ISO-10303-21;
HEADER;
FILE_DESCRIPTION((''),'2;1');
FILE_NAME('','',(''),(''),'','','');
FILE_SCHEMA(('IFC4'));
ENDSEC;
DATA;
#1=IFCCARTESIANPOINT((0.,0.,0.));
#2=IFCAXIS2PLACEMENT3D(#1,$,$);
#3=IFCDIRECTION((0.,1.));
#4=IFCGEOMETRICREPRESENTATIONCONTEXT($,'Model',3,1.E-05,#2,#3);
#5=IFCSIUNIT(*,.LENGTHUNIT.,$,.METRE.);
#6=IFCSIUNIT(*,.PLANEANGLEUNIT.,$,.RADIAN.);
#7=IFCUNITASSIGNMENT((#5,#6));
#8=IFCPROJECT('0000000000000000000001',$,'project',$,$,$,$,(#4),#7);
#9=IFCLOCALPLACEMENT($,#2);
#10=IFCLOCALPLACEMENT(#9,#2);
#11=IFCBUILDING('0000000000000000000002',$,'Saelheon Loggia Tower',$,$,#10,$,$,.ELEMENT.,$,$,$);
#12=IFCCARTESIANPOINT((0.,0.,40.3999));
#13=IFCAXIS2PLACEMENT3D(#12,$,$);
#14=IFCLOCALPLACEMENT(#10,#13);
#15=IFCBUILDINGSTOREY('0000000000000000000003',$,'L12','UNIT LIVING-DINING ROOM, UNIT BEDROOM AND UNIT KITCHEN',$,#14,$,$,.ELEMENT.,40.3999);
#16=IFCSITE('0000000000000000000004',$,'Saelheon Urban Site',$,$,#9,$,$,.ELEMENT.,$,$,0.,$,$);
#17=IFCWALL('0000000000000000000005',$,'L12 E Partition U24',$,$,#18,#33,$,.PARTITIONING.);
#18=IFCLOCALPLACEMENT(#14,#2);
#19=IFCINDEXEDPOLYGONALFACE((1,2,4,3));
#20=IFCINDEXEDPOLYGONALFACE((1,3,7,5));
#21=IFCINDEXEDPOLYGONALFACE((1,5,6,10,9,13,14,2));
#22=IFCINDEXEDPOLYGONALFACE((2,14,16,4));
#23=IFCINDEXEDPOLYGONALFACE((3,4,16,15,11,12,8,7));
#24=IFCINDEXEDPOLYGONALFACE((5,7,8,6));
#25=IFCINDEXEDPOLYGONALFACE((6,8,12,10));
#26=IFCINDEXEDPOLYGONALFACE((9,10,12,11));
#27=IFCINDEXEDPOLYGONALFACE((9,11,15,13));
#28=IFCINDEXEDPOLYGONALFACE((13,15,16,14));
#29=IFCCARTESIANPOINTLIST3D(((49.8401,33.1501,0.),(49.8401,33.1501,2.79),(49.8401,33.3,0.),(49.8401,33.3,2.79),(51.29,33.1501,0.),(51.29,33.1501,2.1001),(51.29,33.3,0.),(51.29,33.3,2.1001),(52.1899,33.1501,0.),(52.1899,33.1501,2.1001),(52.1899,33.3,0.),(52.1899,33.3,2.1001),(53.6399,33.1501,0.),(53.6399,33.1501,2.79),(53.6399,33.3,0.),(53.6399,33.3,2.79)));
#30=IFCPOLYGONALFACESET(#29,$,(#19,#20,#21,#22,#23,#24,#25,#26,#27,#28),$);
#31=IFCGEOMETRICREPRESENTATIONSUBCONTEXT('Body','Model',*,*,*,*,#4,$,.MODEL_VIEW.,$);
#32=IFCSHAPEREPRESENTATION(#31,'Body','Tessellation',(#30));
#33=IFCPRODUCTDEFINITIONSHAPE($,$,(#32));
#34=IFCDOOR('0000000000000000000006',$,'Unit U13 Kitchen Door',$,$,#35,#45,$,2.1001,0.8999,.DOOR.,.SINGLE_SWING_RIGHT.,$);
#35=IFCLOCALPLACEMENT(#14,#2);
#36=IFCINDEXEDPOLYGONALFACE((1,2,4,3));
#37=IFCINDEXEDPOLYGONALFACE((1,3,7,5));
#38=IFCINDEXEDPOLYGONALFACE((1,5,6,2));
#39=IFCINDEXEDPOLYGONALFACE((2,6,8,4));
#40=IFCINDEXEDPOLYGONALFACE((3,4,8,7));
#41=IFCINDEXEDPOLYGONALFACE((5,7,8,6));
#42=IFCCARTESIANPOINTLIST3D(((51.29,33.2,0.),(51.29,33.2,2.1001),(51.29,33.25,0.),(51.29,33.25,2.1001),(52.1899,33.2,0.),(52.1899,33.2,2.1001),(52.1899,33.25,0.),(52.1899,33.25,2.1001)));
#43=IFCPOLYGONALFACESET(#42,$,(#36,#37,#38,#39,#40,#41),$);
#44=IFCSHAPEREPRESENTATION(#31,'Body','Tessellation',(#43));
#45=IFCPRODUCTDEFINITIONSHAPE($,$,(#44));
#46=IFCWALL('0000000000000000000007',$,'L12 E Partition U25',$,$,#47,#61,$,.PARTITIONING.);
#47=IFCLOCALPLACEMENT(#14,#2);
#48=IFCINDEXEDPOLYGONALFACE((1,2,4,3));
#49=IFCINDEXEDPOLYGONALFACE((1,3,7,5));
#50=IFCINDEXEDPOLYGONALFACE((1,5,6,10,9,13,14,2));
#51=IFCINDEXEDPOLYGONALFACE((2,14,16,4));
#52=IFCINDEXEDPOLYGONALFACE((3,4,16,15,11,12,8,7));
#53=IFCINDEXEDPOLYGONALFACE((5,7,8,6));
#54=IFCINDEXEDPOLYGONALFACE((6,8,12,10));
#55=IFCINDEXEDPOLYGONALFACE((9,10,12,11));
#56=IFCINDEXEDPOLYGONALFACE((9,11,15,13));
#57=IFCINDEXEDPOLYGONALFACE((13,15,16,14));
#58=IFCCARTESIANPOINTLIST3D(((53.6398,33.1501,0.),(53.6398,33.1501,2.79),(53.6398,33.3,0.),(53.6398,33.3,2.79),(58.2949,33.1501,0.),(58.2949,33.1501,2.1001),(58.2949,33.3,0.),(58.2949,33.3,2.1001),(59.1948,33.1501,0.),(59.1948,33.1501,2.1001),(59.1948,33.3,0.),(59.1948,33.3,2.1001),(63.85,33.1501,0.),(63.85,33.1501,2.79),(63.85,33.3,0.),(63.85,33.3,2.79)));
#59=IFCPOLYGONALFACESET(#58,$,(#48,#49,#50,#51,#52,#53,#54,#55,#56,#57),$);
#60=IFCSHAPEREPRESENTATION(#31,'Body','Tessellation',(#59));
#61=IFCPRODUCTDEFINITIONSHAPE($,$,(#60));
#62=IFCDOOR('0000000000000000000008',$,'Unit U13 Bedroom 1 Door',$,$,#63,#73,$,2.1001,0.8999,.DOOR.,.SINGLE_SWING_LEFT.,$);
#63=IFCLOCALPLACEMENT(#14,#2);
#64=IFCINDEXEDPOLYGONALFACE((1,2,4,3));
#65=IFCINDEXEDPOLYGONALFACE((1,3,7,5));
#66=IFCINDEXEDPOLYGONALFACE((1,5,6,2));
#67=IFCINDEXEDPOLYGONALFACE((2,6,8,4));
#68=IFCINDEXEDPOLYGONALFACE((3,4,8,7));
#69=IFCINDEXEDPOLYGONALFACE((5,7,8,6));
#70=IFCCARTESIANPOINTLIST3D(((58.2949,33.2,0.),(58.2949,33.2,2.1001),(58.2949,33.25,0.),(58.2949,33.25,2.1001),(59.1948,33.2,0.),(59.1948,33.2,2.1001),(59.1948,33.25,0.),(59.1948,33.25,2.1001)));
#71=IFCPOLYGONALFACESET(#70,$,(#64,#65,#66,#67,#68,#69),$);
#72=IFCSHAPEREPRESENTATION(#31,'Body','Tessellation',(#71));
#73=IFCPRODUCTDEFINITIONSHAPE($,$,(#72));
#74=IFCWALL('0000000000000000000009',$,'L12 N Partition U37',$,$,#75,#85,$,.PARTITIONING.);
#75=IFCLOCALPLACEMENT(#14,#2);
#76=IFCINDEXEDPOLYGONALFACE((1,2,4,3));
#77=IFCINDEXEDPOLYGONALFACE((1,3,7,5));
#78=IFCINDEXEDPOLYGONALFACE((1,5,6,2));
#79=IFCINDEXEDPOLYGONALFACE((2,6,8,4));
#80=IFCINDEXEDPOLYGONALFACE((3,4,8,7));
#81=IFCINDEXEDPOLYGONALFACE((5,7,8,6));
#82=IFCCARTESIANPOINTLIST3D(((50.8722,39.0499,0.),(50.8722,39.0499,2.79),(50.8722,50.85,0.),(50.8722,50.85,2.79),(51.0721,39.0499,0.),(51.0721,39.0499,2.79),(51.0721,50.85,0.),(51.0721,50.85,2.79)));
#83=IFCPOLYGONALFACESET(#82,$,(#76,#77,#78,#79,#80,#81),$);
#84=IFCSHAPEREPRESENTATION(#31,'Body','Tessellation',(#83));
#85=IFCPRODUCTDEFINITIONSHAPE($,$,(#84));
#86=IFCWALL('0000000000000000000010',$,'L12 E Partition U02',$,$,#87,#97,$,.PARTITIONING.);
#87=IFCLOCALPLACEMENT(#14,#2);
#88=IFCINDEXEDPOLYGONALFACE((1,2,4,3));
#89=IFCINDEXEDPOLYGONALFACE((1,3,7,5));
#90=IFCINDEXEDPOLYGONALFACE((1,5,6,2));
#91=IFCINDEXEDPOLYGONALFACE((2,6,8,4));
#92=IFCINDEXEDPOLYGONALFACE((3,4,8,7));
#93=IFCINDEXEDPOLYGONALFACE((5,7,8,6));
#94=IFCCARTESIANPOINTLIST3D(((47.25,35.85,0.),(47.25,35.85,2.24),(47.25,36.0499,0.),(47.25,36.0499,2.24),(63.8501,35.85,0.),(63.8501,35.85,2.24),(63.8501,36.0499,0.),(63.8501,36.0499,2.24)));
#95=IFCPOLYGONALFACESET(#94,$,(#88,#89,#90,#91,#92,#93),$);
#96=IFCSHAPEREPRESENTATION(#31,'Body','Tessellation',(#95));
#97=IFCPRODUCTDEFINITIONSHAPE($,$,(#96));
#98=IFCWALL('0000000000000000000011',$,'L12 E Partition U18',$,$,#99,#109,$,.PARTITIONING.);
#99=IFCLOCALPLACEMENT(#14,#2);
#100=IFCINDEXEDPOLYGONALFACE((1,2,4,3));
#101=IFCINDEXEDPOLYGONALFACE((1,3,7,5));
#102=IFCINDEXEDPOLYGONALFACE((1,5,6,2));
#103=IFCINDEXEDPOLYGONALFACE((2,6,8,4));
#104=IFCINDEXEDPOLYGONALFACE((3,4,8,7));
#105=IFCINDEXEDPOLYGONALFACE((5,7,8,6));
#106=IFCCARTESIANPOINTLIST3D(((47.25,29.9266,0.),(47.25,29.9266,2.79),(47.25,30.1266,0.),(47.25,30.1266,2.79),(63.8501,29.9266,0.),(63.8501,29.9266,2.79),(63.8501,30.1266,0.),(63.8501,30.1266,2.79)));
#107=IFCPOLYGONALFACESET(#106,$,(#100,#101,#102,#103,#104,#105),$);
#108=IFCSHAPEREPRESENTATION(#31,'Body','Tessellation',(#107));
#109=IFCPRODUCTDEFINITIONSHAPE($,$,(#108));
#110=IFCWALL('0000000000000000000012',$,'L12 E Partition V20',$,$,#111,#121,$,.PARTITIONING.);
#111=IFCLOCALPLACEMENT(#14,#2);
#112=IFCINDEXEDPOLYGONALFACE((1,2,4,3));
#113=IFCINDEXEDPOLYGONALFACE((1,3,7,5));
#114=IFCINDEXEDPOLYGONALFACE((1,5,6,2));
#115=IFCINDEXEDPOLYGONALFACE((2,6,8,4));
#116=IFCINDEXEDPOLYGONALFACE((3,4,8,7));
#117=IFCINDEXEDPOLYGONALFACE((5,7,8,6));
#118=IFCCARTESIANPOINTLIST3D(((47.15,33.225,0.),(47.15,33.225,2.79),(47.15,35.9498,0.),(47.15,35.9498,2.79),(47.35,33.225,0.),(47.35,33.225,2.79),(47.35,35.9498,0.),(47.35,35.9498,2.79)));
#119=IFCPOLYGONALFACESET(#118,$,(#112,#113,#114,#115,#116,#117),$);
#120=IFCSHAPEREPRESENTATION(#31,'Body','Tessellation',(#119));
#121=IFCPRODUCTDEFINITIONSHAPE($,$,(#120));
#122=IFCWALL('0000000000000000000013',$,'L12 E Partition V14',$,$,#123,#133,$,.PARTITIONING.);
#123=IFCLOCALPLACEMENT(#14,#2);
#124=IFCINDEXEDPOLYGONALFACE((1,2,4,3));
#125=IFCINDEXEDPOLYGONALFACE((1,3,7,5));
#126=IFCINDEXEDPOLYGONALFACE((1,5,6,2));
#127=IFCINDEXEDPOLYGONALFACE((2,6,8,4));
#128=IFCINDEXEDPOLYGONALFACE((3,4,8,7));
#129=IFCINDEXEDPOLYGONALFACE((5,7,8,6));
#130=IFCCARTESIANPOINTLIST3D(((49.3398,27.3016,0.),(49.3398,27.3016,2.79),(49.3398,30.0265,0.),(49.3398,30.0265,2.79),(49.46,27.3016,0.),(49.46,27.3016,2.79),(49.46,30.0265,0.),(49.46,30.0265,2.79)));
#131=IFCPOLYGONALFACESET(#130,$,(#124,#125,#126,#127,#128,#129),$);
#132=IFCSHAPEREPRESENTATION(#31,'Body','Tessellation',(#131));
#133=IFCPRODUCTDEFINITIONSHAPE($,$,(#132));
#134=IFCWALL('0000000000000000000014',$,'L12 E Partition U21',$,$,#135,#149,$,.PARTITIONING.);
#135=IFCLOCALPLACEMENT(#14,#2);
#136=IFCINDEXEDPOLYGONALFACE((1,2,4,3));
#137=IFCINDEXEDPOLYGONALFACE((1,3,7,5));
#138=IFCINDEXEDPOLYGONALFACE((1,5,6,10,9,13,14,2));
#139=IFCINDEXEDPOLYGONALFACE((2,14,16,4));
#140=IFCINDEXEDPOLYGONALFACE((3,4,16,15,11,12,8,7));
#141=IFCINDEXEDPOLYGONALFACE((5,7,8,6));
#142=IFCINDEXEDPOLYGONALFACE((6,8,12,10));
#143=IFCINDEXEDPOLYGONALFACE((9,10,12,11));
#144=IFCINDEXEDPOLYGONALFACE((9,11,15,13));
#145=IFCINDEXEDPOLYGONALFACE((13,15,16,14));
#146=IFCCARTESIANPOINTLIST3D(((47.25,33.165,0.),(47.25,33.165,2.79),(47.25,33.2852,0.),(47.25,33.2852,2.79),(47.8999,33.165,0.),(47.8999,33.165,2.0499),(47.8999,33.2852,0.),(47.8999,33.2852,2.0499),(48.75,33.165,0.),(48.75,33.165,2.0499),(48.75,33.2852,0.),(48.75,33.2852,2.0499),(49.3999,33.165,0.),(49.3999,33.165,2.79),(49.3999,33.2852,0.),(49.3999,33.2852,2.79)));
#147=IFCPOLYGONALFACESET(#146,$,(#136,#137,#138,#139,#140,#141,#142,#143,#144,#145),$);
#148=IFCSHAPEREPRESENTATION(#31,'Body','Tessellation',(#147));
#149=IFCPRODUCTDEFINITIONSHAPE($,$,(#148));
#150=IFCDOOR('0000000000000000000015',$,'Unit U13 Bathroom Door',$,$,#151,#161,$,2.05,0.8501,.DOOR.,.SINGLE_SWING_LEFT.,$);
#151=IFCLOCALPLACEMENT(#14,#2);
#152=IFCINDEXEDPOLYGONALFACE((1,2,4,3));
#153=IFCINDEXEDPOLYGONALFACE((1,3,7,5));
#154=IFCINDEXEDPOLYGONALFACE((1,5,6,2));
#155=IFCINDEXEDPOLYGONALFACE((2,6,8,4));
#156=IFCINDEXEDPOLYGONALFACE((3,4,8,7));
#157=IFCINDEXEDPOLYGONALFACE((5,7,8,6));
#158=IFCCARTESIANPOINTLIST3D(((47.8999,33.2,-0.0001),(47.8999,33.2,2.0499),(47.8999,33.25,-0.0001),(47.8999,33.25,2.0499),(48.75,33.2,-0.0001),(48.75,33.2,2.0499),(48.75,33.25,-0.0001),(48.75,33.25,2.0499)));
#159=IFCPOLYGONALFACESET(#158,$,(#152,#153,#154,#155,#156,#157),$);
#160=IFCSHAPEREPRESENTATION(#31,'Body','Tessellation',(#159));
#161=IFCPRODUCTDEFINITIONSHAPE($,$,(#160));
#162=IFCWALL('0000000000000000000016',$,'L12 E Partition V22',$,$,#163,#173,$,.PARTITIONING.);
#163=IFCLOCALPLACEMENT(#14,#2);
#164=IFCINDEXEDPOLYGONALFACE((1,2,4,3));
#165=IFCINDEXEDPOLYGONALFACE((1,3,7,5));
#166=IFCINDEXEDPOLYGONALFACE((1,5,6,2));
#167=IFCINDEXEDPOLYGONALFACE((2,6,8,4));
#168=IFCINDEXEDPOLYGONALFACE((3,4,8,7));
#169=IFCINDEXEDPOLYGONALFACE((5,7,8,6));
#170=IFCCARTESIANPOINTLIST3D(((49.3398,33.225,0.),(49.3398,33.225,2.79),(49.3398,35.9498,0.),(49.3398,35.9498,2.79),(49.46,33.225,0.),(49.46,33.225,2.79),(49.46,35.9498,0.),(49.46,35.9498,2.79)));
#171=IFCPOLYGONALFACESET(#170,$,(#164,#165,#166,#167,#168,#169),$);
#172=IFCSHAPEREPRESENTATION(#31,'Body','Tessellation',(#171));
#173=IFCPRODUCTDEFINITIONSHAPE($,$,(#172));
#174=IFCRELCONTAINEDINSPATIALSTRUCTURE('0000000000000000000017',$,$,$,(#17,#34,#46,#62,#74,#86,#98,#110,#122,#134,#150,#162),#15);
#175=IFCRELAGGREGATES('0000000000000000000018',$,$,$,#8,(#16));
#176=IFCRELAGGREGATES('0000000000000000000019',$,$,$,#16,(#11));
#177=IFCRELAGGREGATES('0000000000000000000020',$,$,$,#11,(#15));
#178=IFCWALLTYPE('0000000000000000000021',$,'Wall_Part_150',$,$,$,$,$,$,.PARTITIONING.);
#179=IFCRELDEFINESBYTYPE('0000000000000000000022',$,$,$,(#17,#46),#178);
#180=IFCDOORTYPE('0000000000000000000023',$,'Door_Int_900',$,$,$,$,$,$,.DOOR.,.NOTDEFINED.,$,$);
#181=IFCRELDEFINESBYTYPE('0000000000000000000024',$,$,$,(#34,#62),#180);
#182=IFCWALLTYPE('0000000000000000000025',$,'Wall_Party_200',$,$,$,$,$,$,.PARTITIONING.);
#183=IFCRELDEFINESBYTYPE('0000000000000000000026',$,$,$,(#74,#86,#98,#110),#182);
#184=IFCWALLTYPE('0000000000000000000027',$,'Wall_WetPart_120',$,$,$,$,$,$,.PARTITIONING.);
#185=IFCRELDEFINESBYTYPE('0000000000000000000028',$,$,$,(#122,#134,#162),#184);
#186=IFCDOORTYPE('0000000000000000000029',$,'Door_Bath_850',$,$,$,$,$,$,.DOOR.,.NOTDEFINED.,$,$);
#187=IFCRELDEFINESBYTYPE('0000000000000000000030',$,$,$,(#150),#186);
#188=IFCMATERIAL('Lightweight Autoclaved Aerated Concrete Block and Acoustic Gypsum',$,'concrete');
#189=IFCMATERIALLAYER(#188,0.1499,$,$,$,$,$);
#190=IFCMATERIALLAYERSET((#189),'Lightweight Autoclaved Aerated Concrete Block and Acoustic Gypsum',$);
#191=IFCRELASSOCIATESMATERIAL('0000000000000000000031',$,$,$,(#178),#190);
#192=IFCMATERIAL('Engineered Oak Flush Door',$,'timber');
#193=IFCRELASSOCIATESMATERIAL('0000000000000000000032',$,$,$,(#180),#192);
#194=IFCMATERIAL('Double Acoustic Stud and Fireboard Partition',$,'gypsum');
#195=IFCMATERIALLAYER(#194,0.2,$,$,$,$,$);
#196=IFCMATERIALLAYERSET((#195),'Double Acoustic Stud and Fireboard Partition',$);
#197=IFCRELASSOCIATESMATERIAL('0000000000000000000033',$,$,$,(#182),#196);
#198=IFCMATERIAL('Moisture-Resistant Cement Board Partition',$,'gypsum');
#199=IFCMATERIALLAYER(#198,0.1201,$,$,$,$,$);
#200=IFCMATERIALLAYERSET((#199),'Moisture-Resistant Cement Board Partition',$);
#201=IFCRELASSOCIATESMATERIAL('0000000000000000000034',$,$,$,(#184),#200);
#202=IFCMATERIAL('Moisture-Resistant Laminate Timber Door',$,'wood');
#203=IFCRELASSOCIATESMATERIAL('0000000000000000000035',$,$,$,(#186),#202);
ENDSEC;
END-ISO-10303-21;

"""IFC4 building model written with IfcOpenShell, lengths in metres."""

from ifc_helpers import new_model, si_unit, direction, frame, frame_2d, origin, place, context, subcontext, project, spatial, rectangle, extrude, source, transform, mapped, material, layer, layer_set, type_object, element, fill, save


model = new_model("IFC4")

# Units and contexts
model_context = context("Model", 3, precision=1e-05, world=origin(), true_north=direction((0.0, 1.0)))
body_context = subcontext(model_context, "Body", "Model", "MODEL_VIEW")
ifc_project = project(units=[si_unit("LENGTHUNIT", "METRE"), si_unit("PLANEANGLEUNIT", "RADIAN")], contexts=[model_context])

# Site, building, storey
site_placement = place(None, origin())
site = spatial("IfcSite", under=ifc_project, at=site_placement, Name="Saelheon Urban Site", CompositionType="ELEMENT", RefElevation=0.0)
building_placement = place(site_placement, origin())
building = spatial("IfcBuilding", under=site, at=building_placement, Name="Saelheon Loggia Tower", CompositionType="ELEMENT")
storey_placement = place(building_placement, frame((0.0, 0.0, 40.3999)))
storey = spatial("IfcBuildingStorey", under=building, at=storey_placement, Name="L12", Description="UNIT LIVING-DINING ROOM, UNIT BEDROOM AND UNIT KITCHEN", CompositionType="ELEMENT", Elevation=40.3999)

# Shared definitions
ifc_material_1 = material(Name="Lightweight Autoclaved Aerated Concrete Block and Acoustic Gypsum", Category="concrete")
ifc_layer_1 = layer(ifc_material_1, 0.1499)
ifc_layer_set_1 = layer_set([ifc_layer_1], Name="Lightweight Autoclaved Aerated Concrete Block and Acoustic Gypsum")
wall_type_1 = type_object("IfcWallType", Name="Wall_Part_150", PredefinedType="PARTITIONING", material=ifc_layer_set_1)

# Shared definitions
ifc_material_2 = material(Name="Engineered Oak Flush Door", Category="timber")
door_type_1 = type_object("IfcDoorType", Name="Door_Int_900", OperationType="NOTDEFINED", PredefinedType="DOOR", material=ifc_material_2)
shared_shape_1 = source(origin(), body_context, "Body", "SweptSolid", [
    extrude(rectangle(XDim=0.8999, YDim=2.1001, at=frame_2d((0.45, 1.05))), frame((0.0, 0.0249, 0.0), z_axis=(0.0, -1.0, 0.0), x_axis=(1.0, 0.0, 0.0)), (0.0, 0.0, 1.0), 0.05),
])

# Walls, openings, doors
wall_1_placement = place(storey_placement, frame((49.8401, 33.2251, 0.0), z_axis=(0.0, 0.0, 1.0), x_axis=(1.0, 0.0, 0.0)))
wall_1 = element("IfcWall", 1, at=wall_1_placement, inside=storey, type_object=wall_type_1, Name="L12 E Partition U24", PredefinedType="PARTITIONING", context=body_context, shape_type="SweptSolid", body=[
    extrude(rectangle(XDim=3.7998, YDim=0.1499, at=frame_2d((1.8999, 0.0))), origin(), (0.0, 0.0, 1.0), 2.79),
])
opening_1_placement = place(wall_1_placement, frame((1.45, 0.0, 0.0)))
opening_1 = element("IfcOpeningElement", 2, at=opening_1_placement, cuts=wall_1, PredefinedType="OPENING", context=body_context, shape_type="SweptSolid", body=[
    extrude(rectangle(XDim=0.8999, YDim=2.1001, at=frame_2d((0.45, 1.05))), frame((0.0, 0.0869, 0.0), z_axis=(0.0, -1.0, 0.0), x_axis=(1.0, 0.0, 0.0)), (0.0, 0.0, 1.0), 0.1738),
])
door_1_placement = place(opening_1_placement, origin())
door_1 = element("IfcDoor", 3, at=door_1_placement, inside=storey, type_object=door_type_1, Name="Unit U13 Kitchen Door", OperationType="SINGLE_SWING_RIGHT", OverallHeight=2.1001, OverallWidth=0.8999, PredefinedType="DOOR", context=body_context, shape_type="MappedRepresentation", body=[
    mapped(shared_shape_1, transform((0.0, 0.0, 0.0), scale=1.0)),
])
fill(opening_1, door_1)
wall_2_placement = place(storey_placement, frame((53.6399, 33.2251, 0.0), z_axis=(0.0, 0.0, 1.0), x_axis=(1.0, 0.0, 0.0)))
wall_2 = element("IfcWall", 4, at=wall_2_placement, inside=storey, type_object=wall_type_1, Name="L12 E Partition U25", PredefinedType="PARTITIONING", context=body_context, shape_type="SweptSolid", body=[
    extrude(rectangle(XDim=10.2102, YDim=0.1499, at=frame_2d((5.105, 0.0))), origin(), (0.0, 0.0, 1.0), 2.79),
])
opening_2_placement = place(wall_2_placement, frame((4.655, 0.0, 0.0)))
opening_2 = element("IfcOpeningElement", 5, at=opening_2_placement, cuts=wall_2, PredefinedType="OPENING", context=body_context, shape_type="SweptSolid", body=[
    extrude(rectangle(XDim=0.8999, YDim=2.1001, at=frame_2d((0.45, 1.05))), frame((0.0, 0.0869, 0.0), z_axis=(0.0, -1.0, 0.0), x_axis=(1.0, 0.0, 0.0)), (0.0, 0.0, 1.0), 0.1738),
])
door_2_placement = place(opening_2_placement, origin())
door_2 = element("IfcDoor", 6, at=door_2_placement, inside=storey, type_object=door_type_1, Name="Unit U13 Bedroom 1 Door", OperationType="SINGLE_SWING_LEFT", OverallHeight=2.1001, OverallWidth=0.8999, PredefinedType="DOOR", context=body_context, shape_type="MappedRepresentation", body=[
    mapped(shared_shape_1, transform((0.0, 0.0, 0.0), scale=1.0)),
])
fill(opening_2, door_2)

# Walls
ifc_material_3 = material(Name="Double Acoustic Stud and Fireboard Partition", Category="gypsum")
ifc_layer_2 = layer(ifc_material_3, 0.2)
ifc_layer_set_2 = layer_set([ifc_layer_2], Name="Double Acoustic Stud and Fireboard Partition")
wall_type_2 = type_object("IfcWallType", Name="Wall_Party_200", PredefinedType="PARTITIONING", material=ifc_layer_set_2)
wall_3_placement = place(storey_placement, frame((50.9722, 39.05, 0.0), z_axis=(0.0, 0.0, 1.0), x_axis=(0.0, 1.0, 0.0)))
element("IfcWall", 7, at=wall_3_placement, inside=storey, type_object=wall_type_2, Name="L12 N Partition U37", PredefinedType="PARTITIONING", context=body_context, shape_type="SweptSolid", body=[
    extrude(rectangle(XDim=11.8, YDim=0.2, at=frame_2d((5.8999, 0.0))), origin(), (0.0, 0.0, 1.0), 2.79),
])
wall_4_placement = place(storey_placement, frame((47.25, 35.95, 0.0), z_axis=(0.0, 0.0, 1.0), x_axis=(1.0, 0.0, 0.0)))
element("IfcWall", 8, at=wall_4_placement, inside=storey, type_object=wall_type_2, Name="L12 E Partition U02", PredefinedType="PARTITIONING", context=body_context, shape_type="SweptSolid", body=[
    extrude(rectangle(XDim=16.6001, YDim=0.2, at=frame_2d((8.3, 0.0))), origin(), (0.0, 0.0, 1.0), 2.24),
])
wall_5_placement = place(storey_placement, frame((47.25, 30.0266, 0.0), z_axis=(0.0, 0.0, 1.0), x_axis=(1.0, 0.0, 0.0)))
element("IfcWall", 9, at=wall_5_placement, inside=storey, type_object=wall_type_2, Name="L12 E Partition U18", PredefinedType="PARTITIONING", context=body_context, shape_type="SweptSolid", body=[
    extrude(rectangle(XDim=16.6001, YDim=0.2, at=frame_2d((8.3, 0.0))), origin(), (0.0, 0.0, 1.0), 2.79),
])

# Walls
wall_6_placement = place(storey_placement, frame((47.25, 33.2251, 0.0), z_axis=(0.0, 0.0, 1.0), x_axis=(0.0, 1.0, 0.0)))
element("IfcWall", 10, at=wall_6_placement, inside=storey, type_object=wall_type_2, Name="L12 E Partition V20", PredefinedType="PARTITIONING", context=body_context, shape_type="SweptSolid", body=[
    extrude(rectangle(XDim=2.7249, YDim=0.2, at=frame_2d((1.3623, 0.0))), origin(), (0.0, 0.0, 1.0), 2.79),
])
ifc_material_4 = material(Name="Moisture-Resistant Cement Board Partition", Category="gypsum")
ifc_layer_3 = layer(ifc_material_4, 0.1201)
ifc_layer_set_3 = layer_set([ifc_layer_3], Name="Moisture-Resistant Cement Board Partition")
wall_type_3 = type_object("IfcWallType", Name="Wall_WetPart_120", PredefinedType="PARTITIONING", material=ifc_layer_set_3)
wall_7_placement = place(storey_placement, frame((49.3999, 27.3018, 0.0), z_axis=(0.0, 0.0, 1.0), x_axis=(0.0, 1.0, 0.0)))
element("IfcWall", 11, at=wall_7_placement, inside=storey, type_object=wall_type_3, Name="L12 E Partition V14", PredefinedType="PARTITIONING", context=body_context, shape_type="SweptSolid", body=[
    extrude(rectangle(XDim=2.7249, YDim=0.1201, at=frame_2d((1.3623, 0.0))), origin(), (0.0, 0.0, 1.0), 2.79),
])

# Wall, opening, door
wall_8_placement = place(storey_placement, frame((47.25, 33.2251, 0.0), z_axis=(0.0, 0.0, 1.0), x_axis=(1.0, 0.0, 0.0)))
wall_8 = element("IfcWall", 12, at=wall_8_placement, inside=storey, type_object=wall_type_3, Name="L12 E Partition U21", PredefinedType="PARTITIONING", context=body_context, shape_type="SweptSolid", body=[
    extrude(rectangle(XDim=2.1499, YDim=0.1201, at=frame_2d((1.075, 0.0))), origin(), (0.0, 0.0, 1.0), 2.79),
])
opening_3_placement = place(wall_8_placement, frame((0.6499, 0.0, 0.0)))
opening_3 = element("IfcOpeningElement", 13, at=opening_3_placement, cuts=wall_8, PredefinedType="OPENING", context=body_context, shape_type="SweptSolid", body=[
    extrude(rectangle(XDim=0.8501, YDim=2.05, at=frame_2d((0.425, 1.0249))), frame((0.0, 0.072, 0.0), z_axis=(0.0, -1.0, 0.0), x_axis=(1.0, 0.0, 0.0)), (0.0, 0.0, 1.0), 0.144),
])
ifc_material_5 = material(Name="Moisture-Resistant Laminate Timber Door", Category="wood")
door_type_2 = type_object("IfcDoorType", Name="Door_Bath_850", OperationType="NOTDEFINED", PredefinedType="DOOR", material=ifc_material_5)
shared_shape_2 = source(origin(), body_context, "Body", "SweptSolid", [
    extrude(rectangle(XDim=0.8501, YDim=2.05, at=frame_2d((0.425, 1.0249))), frame((0.0, 0.0249, 0.0), z_axis=(0.0, -1.0, 0.0), x_axis=(1.0, 0.0, 0.0)), (0.0, 0.0, 1.0), 0.05),
])
door_3_placement = place(opening_3_placement, origin())
door_3 = element("IfcDoor", 14, at=door_3_placement, inside=storey, type_object=door_type_2, Name="Unit U13 Bathroom Door", OperationType="SINGLE_SWING_LEFT", OverallHeight=2.05, OverallWidth=0.8501, PredefinedType="DOOR", context=body_context, shape_type="MappedRepresentation", body=[
    mapped(shared_shape_2, transform((0.0, 0.0, 0.0), scale=1.0)),
])
fill(opening_3, door_3)

# Wall
wall_9_placement = place(storey_placement, frame((49.3999, 33.2251, 0.0), z_axis=(0.0, 0.0, 1.0), x_axis=(0.0, 1.0, 0.0)))
element("IfcWall", 15, at=wall_9_placement, inside=storey, type_object=wall_type_3, Name="L12 E Partition V22", PredefinedType="PARTITIONING", context=body_context, shape_type="SweptSolid", body=[
    extrude(rectangle(XDim=2.7249, YDim=0.1201, at=frame_2d((1.3623, 0.0))), origin(), (0.0, 0.0, 1.0), 2.79),
])

save(model, "model.ifc")
